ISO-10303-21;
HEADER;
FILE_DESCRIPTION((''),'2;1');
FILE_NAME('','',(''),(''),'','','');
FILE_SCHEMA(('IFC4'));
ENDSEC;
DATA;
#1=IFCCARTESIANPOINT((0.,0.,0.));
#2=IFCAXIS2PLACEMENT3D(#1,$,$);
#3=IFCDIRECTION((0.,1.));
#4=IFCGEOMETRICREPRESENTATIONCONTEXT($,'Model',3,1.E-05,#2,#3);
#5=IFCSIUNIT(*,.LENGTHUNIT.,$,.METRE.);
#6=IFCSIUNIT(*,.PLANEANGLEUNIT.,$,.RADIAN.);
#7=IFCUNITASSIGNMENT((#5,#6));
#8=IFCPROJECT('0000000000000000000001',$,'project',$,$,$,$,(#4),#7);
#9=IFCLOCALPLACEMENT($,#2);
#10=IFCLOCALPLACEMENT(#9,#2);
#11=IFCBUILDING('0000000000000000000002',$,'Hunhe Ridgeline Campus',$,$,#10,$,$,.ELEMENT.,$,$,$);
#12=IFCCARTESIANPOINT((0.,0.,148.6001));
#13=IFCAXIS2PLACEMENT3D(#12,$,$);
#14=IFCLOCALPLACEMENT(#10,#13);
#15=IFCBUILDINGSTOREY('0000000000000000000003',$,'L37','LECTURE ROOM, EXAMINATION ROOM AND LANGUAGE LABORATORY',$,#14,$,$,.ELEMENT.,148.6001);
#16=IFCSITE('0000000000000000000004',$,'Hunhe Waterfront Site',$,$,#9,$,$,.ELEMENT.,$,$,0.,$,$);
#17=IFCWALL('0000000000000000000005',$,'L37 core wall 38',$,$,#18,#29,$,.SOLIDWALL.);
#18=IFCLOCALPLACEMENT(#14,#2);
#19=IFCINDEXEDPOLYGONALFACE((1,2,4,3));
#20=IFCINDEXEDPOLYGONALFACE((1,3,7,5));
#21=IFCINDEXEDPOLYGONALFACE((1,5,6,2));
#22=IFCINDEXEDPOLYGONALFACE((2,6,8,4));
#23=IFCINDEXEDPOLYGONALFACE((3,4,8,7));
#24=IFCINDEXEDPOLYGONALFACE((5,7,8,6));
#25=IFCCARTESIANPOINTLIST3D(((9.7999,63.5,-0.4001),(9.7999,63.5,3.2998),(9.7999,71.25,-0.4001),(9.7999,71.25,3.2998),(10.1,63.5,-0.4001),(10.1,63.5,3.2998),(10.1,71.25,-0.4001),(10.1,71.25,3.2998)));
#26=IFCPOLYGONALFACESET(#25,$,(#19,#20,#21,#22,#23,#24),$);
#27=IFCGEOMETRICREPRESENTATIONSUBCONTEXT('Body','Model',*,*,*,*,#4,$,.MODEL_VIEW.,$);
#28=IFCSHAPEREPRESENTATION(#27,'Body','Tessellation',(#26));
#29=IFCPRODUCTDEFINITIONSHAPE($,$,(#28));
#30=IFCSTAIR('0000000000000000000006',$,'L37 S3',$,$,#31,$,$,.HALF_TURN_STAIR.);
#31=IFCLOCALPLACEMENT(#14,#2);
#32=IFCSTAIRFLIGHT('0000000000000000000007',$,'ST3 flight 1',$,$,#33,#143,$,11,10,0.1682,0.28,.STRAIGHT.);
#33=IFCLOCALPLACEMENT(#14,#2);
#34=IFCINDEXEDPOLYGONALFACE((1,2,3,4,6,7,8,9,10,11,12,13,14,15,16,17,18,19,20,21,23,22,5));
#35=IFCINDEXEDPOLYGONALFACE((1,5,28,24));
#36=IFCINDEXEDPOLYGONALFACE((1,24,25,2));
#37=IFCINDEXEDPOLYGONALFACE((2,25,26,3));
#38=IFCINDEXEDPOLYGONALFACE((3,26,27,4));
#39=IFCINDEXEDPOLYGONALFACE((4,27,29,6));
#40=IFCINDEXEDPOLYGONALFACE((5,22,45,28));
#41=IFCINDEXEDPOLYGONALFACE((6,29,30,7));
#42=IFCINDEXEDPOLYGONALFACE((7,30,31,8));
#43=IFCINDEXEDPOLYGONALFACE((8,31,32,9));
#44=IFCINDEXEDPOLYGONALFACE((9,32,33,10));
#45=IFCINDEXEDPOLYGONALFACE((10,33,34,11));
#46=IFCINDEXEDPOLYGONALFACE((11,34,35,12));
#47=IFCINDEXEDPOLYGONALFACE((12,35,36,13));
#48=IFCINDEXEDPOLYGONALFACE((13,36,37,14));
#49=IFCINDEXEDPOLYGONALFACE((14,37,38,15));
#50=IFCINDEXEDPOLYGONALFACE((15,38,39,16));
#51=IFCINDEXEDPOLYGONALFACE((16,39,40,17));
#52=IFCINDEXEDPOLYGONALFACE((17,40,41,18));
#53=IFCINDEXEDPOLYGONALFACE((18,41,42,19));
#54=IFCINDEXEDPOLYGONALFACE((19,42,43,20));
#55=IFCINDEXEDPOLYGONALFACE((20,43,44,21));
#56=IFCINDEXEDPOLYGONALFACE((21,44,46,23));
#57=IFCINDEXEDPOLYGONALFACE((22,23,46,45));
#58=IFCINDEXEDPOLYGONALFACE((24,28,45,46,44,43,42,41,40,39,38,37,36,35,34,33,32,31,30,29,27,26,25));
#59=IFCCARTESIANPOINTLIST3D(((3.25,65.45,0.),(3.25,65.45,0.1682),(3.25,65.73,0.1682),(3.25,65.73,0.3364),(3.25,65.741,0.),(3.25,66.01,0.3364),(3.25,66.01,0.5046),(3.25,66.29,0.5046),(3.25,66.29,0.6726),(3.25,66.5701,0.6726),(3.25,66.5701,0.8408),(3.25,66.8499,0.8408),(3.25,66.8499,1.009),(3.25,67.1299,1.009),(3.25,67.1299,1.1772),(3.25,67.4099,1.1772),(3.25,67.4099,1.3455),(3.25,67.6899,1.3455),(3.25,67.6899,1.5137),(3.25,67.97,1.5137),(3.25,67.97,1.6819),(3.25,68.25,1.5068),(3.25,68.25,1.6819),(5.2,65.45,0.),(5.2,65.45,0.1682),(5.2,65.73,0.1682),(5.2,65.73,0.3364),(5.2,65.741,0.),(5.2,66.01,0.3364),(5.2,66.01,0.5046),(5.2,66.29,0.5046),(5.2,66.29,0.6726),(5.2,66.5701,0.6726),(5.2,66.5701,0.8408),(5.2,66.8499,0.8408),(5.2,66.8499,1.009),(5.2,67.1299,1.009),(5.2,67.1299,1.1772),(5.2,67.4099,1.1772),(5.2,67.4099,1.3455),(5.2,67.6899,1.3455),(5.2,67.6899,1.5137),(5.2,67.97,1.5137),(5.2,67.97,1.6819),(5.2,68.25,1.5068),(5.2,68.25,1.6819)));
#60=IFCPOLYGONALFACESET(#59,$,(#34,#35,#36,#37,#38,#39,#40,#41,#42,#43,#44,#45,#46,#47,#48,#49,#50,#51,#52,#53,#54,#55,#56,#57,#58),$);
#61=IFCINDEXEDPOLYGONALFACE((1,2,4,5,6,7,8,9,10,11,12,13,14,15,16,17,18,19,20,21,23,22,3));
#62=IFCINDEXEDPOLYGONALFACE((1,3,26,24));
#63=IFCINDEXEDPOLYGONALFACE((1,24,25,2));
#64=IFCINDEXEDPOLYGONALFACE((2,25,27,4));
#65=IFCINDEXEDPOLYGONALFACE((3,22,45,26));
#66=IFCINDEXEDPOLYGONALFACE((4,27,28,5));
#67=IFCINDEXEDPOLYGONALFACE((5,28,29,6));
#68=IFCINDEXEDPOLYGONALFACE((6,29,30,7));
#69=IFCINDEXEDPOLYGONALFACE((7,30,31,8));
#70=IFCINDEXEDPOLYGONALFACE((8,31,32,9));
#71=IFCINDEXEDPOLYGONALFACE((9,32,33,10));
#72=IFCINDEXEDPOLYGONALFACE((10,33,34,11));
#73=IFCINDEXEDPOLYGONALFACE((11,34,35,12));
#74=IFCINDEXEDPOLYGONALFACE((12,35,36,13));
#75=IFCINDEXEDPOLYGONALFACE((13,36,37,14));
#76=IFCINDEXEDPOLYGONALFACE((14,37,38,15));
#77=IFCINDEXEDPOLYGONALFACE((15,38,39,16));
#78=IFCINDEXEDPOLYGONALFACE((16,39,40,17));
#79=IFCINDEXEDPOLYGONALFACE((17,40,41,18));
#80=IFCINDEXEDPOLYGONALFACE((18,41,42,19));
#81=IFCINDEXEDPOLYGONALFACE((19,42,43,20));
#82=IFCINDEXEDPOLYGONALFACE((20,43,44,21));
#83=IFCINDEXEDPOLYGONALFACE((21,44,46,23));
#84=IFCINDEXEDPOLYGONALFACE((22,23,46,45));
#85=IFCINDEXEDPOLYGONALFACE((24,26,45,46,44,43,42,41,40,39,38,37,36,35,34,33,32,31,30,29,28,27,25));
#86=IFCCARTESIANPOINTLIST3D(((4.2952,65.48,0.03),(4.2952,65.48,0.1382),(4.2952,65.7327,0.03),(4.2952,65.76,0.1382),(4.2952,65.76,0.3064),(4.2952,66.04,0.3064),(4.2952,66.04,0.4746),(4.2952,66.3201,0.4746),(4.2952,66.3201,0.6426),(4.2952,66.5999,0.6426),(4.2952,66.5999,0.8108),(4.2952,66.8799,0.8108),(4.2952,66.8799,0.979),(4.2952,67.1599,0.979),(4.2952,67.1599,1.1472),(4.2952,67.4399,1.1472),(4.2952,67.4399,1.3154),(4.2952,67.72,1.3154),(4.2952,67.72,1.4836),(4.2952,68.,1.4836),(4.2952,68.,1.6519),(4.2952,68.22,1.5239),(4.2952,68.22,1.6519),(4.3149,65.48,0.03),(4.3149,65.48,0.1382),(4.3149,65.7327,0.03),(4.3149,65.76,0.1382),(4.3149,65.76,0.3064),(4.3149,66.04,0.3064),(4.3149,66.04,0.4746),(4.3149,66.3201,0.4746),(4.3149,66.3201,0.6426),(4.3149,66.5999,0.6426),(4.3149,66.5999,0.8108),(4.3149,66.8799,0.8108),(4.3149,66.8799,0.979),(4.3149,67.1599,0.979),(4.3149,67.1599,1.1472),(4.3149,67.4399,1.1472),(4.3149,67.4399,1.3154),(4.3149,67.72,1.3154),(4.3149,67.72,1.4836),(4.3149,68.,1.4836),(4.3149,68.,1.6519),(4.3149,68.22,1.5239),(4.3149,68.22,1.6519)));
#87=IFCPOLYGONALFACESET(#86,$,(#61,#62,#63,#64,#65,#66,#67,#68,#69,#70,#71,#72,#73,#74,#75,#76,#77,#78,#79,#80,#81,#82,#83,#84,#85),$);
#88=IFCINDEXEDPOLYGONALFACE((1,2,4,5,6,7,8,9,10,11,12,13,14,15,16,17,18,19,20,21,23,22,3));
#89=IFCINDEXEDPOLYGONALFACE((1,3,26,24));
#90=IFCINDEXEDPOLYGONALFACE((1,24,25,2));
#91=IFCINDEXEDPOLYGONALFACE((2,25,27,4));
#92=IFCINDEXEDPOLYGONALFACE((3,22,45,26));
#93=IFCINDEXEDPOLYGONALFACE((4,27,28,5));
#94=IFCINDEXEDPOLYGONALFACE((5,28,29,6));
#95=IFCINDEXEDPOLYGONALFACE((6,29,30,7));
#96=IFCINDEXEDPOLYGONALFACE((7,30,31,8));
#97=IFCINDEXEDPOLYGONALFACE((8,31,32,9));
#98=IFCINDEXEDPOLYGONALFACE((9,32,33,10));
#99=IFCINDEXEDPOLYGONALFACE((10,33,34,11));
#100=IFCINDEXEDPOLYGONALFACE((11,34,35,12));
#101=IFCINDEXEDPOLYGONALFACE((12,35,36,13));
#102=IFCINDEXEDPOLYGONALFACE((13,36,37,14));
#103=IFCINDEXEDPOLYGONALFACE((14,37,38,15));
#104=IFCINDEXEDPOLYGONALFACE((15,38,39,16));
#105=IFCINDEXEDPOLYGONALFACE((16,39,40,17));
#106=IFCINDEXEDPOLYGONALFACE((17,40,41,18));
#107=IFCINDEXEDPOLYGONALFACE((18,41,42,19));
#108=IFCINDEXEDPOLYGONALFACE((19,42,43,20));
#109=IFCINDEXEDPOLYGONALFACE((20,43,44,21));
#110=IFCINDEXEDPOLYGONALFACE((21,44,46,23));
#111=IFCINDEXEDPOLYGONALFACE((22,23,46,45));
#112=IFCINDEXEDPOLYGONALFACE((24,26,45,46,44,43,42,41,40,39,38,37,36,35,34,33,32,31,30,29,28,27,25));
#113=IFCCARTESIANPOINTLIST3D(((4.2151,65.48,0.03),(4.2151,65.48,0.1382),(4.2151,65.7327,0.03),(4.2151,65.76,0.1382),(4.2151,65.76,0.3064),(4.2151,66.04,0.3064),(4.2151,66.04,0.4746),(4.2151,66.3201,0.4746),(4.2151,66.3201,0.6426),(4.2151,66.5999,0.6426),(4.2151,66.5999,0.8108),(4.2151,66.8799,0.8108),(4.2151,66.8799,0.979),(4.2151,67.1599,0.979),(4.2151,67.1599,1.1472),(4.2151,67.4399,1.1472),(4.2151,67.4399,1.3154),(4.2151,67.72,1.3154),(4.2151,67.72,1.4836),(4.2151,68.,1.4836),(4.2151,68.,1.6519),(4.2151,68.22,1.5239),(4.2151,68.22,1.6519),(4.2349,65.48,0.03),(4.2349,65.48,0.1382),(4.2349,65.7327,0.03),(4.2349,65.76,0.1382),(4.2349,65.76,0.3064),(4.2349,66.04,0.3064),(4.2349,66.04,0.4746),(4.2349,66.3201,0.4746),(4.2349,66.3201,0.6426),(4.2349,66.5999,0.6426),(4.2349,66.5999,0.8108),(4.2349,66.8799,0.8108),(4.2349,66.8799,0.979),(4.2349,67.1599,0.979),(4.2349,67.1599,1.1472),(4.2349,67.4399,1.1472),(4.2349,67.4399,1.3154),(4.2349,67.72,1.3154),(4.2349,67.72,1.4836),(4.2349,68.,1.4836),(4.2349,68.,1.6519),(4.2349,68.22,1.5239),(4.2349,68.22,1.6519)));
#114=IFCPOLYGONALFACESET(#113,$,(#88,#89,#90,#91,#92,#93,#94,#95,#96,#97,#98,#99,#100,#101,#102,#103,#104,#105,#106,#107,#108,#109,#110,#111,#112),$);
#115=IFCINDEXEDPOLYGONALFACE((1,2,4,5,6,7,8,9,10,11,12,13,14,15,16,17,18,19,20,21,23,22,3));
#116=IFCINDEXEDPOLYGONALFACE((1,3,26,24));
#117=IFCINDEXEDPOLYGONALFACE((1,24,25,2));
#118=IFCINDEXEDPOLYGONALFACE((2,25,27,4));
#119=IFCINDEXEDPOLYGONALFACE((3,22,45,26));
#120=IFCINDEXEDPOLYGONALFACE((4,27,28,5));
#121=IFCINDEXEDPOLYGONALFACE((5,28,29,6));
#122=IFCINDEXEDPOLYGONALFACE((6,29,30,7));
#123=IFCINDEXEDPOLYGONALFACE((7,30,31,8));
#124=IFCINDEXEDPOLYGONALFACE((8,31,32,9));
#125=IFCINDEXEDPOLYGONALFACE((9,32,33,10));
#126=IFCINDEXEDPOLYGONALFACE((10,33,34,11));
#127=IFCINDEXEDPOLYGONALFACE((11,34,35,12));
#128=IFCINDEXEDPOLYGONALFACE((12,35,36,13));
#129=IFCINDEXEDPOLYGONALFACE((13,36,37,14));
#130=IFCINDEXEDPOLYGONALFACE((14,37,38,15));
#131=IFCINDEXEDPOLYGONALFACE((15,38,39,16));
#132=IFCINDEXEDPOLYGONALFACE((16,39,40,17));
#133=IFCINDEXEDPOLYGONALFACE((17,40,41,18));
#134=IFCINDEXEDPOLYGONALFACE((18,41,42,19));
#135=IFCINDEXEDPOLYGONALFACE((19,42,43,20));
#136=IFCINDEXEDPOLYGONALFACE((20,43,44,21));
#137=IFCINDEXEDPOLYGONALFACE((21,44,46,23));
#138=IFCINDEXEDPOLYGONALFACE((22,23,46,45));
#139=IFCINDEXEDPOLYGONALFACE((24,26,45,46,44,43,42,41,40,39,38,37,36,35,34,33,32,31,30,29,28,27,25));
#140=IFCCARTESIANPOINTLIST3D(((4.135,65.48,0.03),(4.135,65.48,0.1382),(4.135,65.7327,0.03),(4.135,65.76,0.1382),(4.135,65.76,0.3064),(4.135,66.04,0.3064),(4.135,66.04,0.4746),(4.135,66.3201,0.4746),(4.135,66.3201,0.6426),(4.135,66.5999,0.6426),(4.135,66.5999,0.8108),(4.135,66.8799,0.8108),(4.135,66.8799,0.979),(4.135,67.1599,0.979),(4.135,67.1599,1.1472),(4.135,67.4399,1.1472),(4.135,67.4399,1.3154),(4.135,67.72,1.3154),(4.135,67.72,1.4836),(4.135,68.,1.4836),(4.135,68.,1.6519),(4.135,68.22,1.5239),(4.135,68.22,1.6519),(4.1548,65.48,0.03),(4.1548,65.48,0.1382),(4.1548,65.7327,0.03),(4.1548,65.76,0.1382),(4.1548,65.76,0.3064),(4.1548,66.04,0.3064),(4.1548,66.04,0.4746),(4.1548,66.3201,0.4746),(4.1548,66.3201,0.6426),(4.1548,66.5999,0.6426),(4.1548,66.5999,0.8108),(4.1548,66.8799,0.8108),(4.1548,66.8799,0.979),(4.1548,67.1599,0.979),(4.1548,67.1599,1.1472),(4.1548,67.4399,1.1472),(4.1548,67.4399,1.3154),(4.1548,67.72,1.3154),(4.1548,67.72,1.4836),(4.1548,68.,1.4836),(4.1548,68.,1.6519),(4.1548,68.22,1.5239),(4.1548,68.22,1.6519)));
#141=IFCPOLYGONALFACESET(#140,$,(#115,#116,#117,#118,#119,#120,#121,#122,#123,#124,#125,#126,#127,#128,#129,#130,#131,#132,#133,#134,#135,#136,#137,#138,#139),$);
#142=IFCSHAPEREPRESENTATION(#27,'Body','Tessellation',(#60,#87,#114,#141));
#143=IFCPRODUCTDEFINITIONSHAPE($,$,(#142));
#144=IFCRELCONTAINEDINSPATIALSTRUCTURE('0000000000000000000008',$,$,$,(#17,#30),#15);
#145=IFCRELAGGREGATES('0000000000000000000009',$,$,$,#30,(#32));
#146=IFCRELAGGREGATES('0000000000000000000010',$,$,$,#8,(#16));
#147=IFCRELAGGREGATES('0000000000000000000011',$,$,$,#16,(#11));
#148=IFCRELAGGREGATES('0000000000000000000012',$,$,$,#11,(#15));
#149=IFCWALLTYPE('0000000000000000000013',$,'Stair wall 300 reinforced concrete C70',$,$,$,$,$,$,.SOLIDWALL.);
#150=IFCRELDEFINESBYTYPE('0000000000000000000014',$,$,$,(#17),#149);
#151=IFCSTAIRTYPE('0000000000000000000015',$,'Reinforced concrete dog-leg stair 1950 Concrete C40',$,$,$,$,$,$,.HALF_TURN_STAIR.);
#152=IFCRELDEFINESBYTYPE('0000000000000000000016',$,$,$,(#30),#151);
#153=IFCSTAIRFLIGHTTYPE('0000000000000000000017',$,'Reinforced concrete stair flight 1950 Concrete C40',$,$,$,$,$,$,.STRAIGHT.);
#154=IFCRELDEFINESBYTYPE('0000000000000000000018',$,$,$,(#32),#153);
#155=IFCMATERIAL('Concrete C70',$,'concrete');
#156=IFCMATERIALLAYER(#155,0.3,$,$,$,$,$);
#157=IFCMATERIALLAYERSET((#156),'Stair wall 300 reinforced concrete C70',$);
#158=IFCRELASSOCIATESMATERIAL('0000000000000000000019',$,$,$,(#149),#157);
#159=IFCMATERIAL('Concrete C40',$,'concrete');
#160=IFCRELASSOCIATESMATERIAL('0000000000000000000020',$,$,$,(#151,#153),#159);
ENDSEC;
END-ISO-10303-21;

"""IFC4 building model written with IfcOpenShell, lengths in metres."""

from ifc_helpers import new_model, si_unit, direction, frame, frame_2d, origin, place, context, subcontext, project, spatial, polyline, rectangle, outline, extrude, material, layer, layer_set, type_object, element, aggregate, save


model = new_model("IFC4")

# Units and contexts
model_context = context("Model", 3, precision=1e-05, world=origin(), true_north=direction((0.0, 1.0)))
body_context = subcontext(model_context, "Body", "Model", "MODEL_VIEW")
ifc_project = project(units=[si_unit("LENGTHUNIT", "METRE"), si_unit("PLANEANGLEUNIT", "RADIAN")], contexts=[model_context])

# Site, building, storey
site_placement = place(None, origin())
site = spatial("IfcSite", under=ifc_project, at=site_placement, Name="Hunhe Waterfront Site", CompositionType="ELEMENT", RefElevation=0.0)
building_placement = place(site_placement, origin())
building = spatial("IfcBuilding", under=site, at=building_placement, Name="Hunhe Ridgeline Campus", CompositionType="ELEMENT")
storey_placement = place(building_placement, frame((0.0, 0.0, 148.6001)))
storey = spatial("IfcBuildingStorey", under=building, at=storey_placement, Name="L37", Description="LECTURE ROOM, EXAMINATION ROOM AND LANGUAGE LABORATORY", CompositionType="ELEMENT", Elevation=148.6001)

# Shared definitions
ifc_material_1 = material(Name="Concrete C70", Category="concrete")

# Shared definitions
ifc_layer_1 = layer(ifc_material_1, 0.3)
ifc_layer_set_1 = layer_set([ifc_layer_1], Name="Stair wall 300 reinforced concrete C70")
wall_type_1 = type_object("IfcWallType", Name="Stair wall 300 reinforced concrete C70", PredefinedType="SOLIDWALL", material=ifc_layer_set_1)

# Wall
wall_1_placement = place(storey_placement, frame((9.95, 63.5, -0.4001), z_axis=(0.0, 0.0, 1.0), x_axis=(0.0, 1.0, 0.0)))
element("IfcWall", 1, at=wall_1_placement, inside=storey, type_object=wall_type_1, Name="L37 core wall 38", PredefinedType="SOLIDWALL", context=body_context, shape_type="SweptSolid", body=[
    extrude(rectangle(XDim=7.75, YDim=0.3, at=frame_2d((3.875, 0.0))), origin(), (0.0, 0.0, 1.0), 3.7),
])

# Stair, stair flight
ifc_material_2 = material(Name="Concrete C40", Category="concrete")
stair_type = type_object("IfcStairType", Name="Reinforced concrete dog-leg stair 1950 Concrete C40", PredefinedType="HALF_TURN_STAIR", material=ifc_material_2)
stair_1_placement = place(storey_placement, origin())
stair_1 = element("IfcStair", 2, at=stair_1_placement, inside=storey, type_object=stair_type, Name="L37 S3", PredefinedType="HALF_TURN_STAIR")
stair_flight_type = type_object("IfcStairFlightType", Name="Reinforced concrete stair flight 1950 Concrete C40", PredefinedType="STRAIGHT", material=ifc_material_2)
stair_flight_1_placement = place(storey_placement, frame((4.2251, 65.45, 0.0), z_axis=(0.0, 0.0, 1.0), x_axis=(0.0, 1.0, 0.0)))
stair_flight_1 = element("IfcStairFlight", 3, at=stair_flight_1_placement, type_object=stair_flight_type, Name="ST3 flight 1", NumberOfRisers=11, NumberOfTreads=10, PredefinedType="STRAIGHT", RiserHeight=0.1682, TreadLength=0.28, context=body_context, shape_type="SweptSolid", body=[
    extrude(outline(polyline([(0.0, 0.0), (0.0, 0.1682), (0.28, 0.1682), (0.28, 0.3364), (0.5601, 0.3364), (0.5601, 0.5046), (0.8401, 0.5046), (0.8401, 0.6726), (1.1201, 0.6726), (1.1201, 0.8408), (1.3999, 0.8408), (1.3999, 1.009), (1.6799, 1.009), (1.6799, 1.1772), (1.96, 1.1772), (1.96, 1.3455), (2.24, 1.3455), (2.24, 1.5137), (2.52, 1.5137), (2.52, 1.6819), (2.8, 1.6819), (2.8, 1.8501), (2.8, 1.5068), (0.291, 0.0), (0.0, 0.0)])), frame((0.0, 0.9751, 0.0), z_axis=(0.0, -1.0, 0.0), x_axis=(1.0, 0.0, 0.0)), (0.0, 0.0, 1.0), 1.95),
    extrude(outline(polyline([(0.03, 0.03), (0.03, 0.1382), (0.3101, 0.1382), (0.3101, 0.3064), (0.5901, 0.3064), (0.5901, 0.4746), (0.8701, 0.4746), (0.8701, 0.6426), (1.1499, 0.6426), (1.1499, 0.8108), (1.4299, 0.8108), (1.4299, 0.979), (1.71, 0.979), (1.71, 1.1472), (1.99, 1.1472), (1.99, 1.3154), (2.27, 1.3154), (2.27, 1.4836), (2.55, 1.4836), (2.55, 1.6519), (2.77, 1.6519), (2.77, 1.5239), (0.2827, 0.03), (0.03, 0.03)])), frame((0.0, -0.0701, 0.0), z_axis=(0.0, -1.0, 0.0), x_axis=(1.0, 0.0, 0.0)), (0.0, 0.0, 1.0), 0.0198),
    extrude(outline(polyline([(0.03, 0.03), (0.03, 0.1382), (0.3101, 0.1382), (0.3101, 0.3064), (0.5901, 0.3064), (0.5901, 0.4746), (0.8701, 0.4746), (0.8701, 0.6426), (1.1499, 0.6426), (1.1499, 0.8108), (1.4299, 0.8108), (1.4299, 0.979), (1.71, 0.979), (1.71, 1.1472), (1.99, 1.1472), (1.99, 1.3154), (2.27, 1.3154), (2.27, 1.4836), (2.55, 1.4836), (2.55, 1.6519), (2.77, 1.6519), (2.77, 1.5239), (0.2827, 0.03), (0.03, 0.03)])), frame((0.0, 0.01, 0.0), z_axis=(0.0, -1.0, 0.0), x_axis=(1.0, 0.0, 0.0)), (0.0, 0.0, 1.0), 0.0198),
    extrude(outline(polyline([(0.03, 0.03), (0.03, 0.1382), (0.3101, 0.1382), (0.3101, 0.3064), (0.5901, 0.3064), (0.5901, 0.4746), (0.8701, 0.4746), (0.8701, 0.6426), (1.1499, 0.6426), (1.1499, 0.8108), (1.4299, 0.8108), (1.4299, 0.979), (1.71, 0.979), (1.71, 1.1472), (1.99, 1.1472), (1.99, 1.3154), (2.27, 1.3154), (2.27, 1.4836), (2.55, 1.4836), (2.55, 1.6519), (2.77, 1.6519), (2.77, 1.5239), (0.2827, 0.03), (0.03, 0.03)])), frame((0.0, 0.0901, 0.0), z_axis=(0.0, -1.0, 0.0), x_axis=(1.0, 0.0, 0.0)), (0.0, 0.0, 1.0), 0.0198),
])
aggregate(stair_1, [stair_flight_1])

save(model, "model.ifc")
